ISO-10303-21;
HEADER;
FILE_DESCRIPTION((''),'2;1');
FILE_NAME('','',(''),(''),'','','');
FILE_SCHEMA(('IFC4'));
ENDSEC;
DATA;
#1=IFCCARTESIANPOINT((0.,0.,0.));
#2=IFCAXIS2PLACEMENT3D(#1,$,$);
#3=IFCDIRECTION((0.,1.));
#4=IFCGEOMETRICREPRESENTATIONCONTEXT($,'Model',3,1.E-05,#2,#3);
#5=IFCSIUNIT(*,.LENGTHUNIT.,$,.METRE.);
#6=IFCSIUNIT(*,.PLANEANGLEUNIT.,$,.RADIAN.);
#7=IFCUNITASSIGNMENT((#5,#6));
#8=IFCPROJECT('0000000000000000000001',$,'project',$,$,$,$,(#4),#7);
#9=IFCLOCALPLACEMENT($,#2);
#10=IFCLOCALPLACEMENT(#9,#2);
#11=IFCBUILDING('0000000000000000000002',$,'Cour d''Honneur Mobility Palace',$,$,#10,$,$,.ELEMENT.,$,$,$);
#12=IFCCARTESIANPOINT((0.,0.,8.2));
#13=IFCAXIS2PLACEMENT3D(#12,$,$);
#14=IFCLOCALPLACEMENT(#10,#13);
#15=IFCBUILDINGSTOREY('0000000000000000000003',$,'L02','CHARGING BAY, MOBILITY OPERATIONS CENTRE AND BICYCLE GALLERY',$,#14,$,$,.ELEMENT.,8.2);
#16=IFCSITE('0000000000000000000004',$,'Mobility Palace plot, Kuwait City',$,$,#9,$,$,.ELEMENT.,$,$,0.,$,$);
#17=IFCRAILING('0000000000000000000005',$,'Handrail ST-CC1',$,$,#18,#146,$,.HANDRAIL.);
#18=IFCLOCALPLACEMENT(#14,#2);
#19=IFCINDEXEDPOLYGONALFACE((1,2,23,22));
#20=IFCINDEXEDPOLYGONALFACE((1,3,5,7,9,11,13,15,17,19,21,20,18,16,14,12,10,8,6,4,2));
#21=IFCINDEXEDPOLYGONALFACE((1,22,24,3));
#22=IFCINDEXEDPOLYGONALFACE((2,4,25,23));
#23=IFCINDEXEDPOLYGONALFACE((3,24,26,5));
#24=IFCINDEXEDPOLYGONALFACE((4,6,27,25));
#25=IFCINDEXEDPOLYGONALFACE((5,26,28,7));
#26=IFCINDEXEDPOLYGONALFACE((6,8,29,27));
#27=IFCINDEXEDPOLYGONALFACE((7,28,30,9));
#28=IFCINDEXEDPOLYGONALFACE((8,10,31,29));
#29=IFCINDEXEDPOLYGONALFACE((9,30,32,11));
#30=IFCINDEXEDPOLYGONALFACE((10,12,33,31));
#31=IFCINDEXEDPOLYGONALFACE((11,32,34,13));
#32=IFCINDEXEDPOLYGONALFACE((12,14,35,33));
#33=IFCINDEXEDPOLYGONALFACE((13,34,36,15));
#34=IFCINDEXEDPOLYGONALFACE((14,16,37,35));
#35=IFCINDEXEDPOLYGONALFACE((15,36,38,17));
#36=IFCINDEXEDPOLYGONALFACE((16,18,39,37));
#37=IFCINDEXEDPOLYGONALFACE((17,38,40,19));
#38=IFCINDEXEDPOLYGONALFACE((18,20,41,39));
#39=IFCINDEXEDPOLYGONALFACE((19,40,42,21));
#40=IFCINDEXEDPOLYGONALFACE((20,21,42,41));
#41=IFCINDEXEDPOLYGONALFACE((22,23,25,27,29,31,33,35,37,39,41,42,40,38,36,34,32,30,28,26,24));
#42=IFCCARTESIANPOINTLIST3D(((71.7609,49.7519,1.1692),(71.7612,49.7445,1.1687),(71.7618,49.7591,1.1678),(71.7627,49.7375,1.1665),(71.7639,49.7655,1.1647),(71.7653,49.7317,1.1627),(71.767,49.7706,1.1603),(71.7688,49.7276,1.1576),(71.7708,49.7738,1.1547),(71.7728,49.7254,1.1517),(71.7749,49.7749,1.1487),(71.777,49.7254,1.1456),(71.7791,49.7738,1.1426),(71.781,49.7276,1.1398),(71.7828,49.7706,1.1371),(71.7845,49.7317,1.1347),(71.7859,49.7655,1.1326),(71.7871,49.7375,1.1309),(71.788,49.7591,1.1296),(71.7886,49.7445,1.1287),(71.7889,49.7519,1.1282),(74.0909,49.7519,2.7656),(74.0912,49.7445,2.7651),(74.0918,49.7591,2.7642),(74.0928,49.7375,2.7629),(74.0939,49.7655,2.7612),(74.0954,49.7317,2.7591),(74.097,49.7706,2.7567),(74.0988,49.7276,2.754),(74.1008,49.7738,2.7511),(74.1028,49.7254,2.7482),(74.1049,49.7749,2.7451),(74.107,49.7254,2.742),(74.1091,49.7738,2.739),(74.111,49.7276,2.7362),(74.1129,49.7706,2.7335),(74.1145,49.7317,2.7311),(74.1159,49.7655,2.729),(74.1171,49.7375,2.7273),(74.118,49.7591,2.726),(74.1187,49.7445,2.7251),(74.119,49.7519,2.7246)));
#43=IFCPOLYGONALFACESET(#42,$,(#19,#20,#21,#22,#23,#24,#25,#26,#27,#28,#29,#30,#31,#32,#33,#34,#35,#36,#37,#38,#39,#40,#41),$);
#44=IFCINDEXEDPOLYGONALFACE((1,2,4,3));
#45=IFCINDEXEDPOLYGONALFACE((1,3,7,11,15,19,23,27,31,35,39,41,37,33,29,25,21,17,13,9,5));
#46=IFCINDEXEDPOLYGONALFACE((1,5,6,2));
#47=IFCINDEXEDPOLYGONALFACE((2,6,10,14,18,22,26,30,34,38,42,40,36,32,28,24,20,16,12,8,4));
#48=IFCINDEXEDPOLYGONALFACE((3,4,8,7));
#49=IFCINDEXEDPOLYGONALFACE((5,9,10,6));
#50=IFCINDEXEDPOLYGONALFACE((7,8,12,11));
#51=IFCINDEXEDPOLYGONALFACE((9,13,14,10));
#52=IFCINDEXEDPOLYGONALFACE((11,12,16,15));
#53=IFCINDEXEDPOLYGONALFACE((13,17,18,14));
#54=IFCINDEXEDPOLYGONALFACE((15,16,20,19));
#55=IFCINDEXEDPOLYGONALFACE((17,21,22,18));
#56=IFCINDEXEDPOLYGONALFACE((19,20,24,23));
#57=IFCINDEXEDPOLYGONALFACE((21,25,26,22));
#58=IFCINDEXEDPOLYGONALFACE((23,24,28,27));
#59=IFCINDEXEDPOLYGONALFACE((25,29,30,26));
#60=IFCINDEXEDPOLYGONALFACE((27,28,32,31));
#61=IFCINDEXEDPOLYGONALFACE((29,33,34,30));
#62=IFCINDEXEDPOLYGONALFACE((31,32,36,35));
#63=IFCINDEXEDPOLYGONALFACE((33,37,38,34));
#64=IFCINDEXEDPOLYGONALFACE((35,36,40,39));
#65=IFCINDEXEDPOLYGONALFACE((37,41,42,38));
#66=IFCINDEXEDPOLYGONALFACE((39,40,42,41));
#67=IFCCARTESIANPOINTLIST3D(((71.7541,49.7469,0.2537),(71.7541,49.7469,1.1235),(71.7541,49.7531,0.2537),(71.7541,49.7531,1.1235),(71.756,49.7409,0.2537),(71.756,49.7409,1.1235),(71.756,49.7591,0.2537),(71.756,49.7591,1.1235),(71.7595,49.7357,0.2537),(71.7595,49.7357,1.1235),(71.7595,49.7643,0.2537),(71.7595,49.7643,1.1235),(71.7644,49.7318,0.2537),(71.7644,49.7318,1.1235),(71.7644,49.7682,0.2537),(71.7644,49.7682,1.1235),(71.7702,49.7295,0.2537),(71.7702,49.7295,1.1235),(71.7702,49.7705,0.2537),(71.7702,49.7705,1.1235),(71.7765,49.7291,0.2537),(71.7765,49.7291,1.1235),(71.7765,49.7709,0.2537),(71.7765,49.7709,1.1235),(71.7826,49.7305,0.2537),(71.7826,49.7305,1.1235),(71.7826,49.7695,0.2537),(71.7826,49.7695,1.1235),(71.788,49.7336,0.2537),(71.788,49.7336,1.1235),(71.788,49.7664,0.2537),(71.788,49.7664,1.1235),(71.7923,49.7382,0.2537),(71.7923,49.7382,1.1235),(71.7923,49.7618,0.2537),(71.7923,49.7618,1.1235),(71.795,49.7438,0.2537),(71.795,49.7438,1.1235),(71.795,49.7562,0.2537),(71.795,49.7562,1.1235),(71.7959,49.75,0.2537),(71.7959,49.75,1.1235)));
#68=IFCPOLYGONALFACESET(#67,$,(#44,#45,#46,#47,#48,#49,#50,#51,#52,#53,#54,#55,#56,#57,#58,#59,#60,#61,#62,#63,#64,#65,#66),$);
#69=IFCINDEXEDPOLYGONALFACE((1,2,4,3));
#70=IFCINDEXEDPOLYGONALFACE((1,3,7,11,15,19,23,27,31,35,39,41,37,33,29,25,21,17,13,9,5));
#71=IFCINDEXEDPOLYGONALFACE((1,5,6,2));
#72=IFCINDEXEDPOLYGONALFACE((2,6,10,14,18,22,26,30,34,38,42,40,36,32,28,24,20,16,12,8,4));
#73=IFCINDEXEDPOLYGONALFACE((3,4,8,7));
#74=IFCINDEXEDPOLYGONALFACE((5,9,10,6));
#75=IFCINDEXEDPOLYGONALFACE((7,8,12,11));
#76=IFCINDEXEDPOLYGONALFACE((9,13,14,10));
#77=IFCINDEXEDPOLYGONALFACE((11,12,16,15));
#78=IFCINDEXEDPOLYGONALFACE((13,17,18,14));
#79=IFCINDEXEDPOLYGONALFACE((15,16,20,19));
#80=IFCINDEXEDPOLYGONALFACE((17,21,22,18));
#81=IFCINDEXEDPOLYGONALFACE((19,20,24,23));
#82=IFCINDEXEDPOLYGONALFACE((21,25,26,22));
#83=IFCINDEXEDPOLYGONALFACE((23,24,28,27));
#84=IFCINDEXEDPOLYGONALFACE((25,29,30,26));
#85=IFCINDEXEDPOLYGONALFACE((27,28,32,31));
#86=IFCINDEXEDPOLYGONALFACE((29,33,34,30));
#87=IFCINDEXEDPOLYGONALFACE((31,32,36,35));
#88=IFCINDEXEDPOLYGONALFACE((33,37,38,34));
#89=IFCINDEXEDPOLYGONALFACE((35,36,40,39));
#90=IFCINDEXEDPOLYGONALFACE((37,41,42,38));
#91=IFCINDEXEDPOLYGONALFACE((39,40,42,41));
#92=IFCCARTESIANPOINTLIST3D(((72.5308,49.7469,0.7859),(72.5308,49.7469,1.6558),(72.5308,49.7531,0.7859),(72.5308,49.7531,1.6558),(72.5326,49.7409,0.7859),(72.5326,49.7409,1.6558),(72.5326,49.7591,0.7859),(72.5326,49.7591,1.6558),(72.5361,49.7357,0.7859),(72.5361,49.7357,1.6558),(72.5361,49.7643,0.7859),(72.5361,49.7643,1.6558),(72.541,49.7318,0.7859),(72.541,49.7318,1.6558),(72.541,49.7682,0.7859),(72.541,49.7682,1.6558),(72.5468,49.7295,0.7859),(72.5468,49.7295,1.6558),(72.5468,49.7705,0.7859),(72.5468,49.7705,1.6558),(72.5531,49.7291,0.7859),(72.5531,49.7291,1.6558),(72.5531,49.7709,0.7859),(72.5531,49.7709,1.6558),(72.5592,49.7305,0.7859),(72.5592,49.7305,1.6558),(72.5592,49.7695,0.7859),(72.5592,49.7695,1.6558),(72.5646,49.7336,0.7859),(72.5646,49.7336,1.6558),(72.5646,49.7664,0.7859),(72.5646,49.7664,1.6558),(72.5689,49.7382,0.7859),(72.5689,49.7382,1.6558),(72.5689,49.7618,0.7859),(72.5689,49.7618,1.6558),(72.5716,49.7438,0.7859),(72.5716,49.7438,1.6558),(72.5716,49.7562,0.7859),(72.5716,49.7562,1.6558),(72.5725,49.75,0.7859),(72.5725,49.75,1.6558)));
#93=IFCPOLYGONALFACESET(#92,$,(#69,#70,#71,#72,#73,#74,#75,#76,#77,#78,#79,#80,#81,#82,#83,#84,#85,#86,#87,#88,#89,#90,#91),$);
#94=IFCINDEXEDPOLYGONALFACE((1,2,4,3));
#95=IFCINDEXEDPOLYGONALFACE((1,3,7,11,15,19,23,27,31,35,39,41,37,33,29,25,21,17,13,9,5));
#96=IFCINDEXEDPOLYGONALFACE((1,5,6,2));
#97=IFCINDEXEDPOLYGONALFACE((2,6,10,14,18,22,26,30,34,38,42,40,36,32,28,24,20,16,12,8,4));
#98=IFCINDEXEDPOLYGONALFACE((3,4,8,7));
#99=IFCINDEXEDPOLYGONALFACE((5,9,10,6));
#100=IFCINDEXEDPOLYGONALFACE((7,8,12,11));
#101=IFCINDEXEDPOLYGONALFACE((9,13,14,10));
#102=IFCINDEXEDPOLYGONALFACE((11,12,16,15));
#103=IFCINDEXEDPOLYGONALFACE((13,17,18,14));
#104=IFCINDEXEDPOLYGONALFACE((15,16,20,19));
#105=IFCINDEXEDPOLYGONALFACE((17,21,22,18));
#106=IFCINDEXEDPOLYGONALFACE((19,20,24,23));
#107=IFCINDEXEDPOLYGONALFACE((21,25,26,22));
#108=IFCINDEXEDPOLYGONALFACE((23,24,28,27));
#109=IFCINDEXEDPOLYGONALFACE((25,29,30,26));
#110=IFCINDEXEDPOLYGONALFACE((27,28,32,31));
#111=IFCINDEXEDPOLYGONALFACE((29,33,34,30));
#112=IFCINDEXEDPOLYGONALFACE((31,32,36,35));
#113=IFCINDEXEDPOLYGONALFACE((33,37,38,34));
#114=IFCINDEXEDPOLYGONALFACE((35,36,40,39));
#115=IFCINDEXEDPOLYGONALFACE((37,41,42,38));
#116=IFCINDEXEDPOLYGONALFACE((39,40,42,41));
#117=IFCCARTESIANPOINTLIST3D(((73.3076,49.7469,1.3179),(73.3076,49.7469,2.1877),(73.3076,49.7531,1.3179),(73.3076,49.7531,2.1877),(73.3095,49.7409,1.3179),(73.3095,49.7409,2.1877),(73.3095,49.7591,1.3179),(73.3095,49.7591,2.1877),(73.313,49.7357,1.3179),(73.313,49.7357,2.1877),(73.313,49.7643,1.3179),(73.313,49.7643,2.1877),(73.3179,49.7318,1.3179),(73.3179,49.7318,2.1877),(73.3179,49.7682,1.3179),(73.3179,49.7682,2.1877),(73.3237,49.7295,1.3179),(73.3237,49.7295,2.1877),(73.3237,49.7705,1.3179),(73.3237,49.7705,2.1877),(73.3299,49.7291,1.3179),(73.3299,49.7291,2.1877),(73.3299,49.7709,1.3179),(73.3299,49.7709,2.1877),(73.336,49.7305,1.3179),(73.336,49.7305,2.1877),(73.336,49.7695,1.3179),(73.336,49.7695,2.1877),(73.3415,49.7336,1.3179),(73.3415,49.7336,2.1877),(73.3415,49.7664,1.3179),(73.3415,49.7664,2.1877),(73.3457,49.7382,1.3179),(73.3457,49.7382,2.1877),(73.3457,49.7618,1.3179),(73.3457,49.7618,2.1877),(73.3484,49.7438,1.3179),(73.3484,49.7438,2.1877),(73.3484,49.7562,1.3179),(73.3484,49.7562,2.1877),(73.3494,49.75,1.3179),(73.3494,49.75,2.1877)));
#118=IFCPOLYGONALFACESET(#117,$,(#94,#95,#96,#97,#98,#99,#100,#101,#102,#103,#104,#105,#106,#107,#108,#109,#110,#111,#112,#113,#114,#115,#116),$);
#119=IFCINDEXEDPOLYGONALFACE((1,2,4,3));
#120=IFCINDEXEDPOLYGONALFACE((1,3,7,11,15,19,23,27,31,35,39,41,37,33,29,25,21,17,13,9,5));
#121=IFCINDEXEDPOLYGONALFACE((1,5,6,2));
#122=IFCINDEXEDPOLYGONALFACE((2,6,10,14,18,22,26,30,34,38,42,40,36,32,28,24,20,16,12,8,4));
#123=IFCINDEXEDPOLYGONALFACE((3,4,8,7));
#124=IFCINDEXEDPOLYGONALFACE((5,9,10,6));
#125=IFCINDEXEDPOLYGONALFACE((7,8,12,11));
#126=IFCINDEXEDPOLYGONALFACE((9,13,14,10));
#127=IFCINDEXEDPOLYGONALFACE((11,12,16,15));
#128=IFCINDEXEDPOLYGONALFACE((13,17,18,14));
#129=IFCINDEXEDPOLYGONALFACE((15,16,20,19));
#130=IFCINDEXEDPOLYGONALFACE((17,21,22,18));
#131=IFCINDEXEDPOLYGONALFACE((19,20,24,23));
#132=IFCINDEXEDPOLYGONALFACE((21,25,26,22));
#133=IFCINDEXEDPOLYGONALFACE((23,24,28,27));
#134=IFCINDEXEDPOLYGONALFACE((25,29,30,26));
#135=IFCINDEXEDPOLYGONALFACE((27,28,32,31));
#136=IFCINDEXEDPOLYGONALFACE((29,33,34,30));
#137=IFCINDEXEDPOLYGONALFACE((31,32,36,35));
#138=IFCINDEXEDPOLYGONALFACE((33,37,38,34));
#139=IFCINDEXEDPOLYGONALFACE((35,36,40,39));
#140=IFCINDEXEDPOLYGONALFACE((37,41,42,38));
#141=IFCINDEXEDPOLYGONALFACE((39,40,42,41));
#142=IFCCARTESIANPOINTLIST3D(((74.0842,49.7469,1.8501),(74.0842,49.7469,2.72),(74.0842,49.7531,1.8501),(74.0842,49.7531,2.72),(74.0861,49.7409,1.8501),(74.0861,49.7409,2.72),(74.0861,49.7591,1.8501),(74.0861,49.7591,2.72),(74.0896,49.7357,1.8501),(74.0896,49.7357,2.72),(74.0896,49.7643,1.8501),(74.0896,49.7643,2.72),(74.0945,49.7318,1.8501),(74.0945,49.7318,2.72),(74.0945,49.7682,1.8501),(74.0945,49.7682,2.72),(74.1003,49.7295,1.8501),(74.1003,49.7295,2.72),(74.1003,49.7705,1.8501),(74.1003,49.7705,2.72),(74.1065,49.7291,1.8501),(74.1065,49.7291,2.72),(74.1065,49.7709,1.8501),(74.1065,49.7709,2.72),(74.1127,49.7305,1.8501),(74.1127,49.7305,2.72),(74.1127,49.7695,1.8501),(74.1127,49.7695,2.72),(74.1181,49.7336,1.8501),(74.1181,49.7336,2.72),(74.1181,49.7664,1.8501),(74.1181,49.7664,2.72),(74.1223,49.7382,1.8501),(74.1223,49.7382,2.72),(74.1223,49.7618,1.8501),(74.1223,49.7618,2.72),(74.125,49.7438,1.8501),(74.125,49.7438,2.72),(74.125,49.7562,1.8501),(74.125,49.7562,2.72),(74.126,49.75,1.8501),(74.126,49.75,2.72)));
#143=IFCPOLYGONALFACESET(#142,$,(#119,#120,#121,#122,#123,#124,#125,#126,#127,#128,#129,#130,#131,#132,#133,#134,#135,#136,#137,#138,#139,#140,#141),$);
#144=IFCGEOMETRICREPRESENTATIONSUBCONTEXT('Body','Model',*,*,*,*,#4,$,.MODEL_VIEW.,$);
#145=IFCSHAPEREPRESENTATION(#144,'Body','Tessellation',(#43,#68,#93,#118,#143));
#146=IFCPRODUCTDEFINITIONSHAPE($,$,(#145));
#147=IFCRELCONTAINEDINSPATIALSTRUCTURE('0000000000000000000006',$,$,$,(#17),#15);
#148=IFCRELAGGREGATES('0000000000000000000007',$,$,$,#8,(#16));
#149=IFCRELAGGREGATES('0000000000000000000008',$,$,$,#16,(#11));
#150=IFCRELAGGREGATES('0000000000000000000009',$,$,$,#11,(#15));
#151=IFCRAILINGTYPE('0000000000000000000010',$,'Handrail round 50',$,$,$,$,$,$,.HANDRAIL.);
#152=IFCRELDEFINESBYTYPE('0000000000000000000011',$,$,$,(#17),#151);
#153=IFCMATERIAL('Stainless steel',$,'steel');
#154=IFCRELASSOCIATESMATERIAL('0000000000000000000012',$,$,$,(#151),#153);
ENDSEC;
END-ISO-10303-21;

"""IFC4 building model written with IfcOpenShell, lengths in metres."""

from ifc_helpers import new_model, si_unit, direction, frame, origin, origin_2d, place, context, subcontext, project, spatial, circle, extrude, material, type_object, element, save


model = new_model("IFC4")

# Units and contexts
model_context = context("Model", 3, precision=1e-05, world=origin(), true_north=direction((0.0, 1.0)))
body_context = subcontext(model_context, "Body", "Model", "MODEL_VIEW")
ifc_project = project(units=[si_unit("LENGTHUNIT", "METRE"), si_unit("PLANEANGLEUNIT", "RADIAN")], contexts=[model_context])

# Site, building, storey
site_placement = place(None, origin())
site = spatial("IfcSite", under=ifc_project, at=site_placement, Name="Mobility Palace plot, Kuwait City", CompositionType="ELEMENT", RefElevation=0.0)
building_placement = place(site_placement, origin())
building = spatial("IfcBuilding", under=site, at=building_placement, Name="Cour d'Honneur Mobility Palace", CompositionType="ELEMENT")
storey_placement = place(building_placement, frame((0.0, 0.0, 8.2)))
storey = spatial("IfcBuildingStorey", under=building, at=storey_placement, Name="L02", Description="CHARGING BAY, MOBILITY OPERATIONS CENTRE AND BICYCLE GALLERY", CompositionType="ELEMENT", Elevation=8.2)

# Railing
ifc_material_1 = material(Name="Stainless steel", Category="steel")
railing_type_1 = type_object("IfcRailingType", Name="Handrail round 50", PredefinedType="HANDRAIL", material=ifc_material_1)
railing_1_placement = place(storey_placement, frame((71.7749, 49.75, 0.2537)))
element("IfcRailing", 1, at=railing_1_placement, inside=storey, type_object=railing_type_1, Name="Handrail ST-CC1", PredefinedType="HANDRAIL", context=body_context, shape_type="SweptSolid", body=[
    extrude(circle(Radius=0.0249, at=origin_2d()), frame((0.0, 0.0, 0.895), z_axis=(0.824949, 0.0, 0.565207), x_axis=(0.0, 1.0, 0.0)), (0.0, 0.0, 1.0), 2.8245),
    extrude(circle(Radius=0.021, at=origin_2d()), origin(), (0.0, 0.0, 1.0), 0.8699),
    extrude(circle(Radius=0.021, at=origin_2d()), frame((0.7766, 0.0, 0.5322)), (0.0, 0.0, 1.0), 0.8699),
    extrude(circle(Radius=0.021, at=origin_2d()), frame((1.5535, 0.0, 1.0642)), (0.0, 0.0, 1.0), 0.8699),
    extrude(circle(Radius=0.021, at=origin_2d()), frame((2.3301, 0.0, 1.5964)), (0.0, 0.0, 1.0), 0.8699),
])

save(model, "model.ifc")
